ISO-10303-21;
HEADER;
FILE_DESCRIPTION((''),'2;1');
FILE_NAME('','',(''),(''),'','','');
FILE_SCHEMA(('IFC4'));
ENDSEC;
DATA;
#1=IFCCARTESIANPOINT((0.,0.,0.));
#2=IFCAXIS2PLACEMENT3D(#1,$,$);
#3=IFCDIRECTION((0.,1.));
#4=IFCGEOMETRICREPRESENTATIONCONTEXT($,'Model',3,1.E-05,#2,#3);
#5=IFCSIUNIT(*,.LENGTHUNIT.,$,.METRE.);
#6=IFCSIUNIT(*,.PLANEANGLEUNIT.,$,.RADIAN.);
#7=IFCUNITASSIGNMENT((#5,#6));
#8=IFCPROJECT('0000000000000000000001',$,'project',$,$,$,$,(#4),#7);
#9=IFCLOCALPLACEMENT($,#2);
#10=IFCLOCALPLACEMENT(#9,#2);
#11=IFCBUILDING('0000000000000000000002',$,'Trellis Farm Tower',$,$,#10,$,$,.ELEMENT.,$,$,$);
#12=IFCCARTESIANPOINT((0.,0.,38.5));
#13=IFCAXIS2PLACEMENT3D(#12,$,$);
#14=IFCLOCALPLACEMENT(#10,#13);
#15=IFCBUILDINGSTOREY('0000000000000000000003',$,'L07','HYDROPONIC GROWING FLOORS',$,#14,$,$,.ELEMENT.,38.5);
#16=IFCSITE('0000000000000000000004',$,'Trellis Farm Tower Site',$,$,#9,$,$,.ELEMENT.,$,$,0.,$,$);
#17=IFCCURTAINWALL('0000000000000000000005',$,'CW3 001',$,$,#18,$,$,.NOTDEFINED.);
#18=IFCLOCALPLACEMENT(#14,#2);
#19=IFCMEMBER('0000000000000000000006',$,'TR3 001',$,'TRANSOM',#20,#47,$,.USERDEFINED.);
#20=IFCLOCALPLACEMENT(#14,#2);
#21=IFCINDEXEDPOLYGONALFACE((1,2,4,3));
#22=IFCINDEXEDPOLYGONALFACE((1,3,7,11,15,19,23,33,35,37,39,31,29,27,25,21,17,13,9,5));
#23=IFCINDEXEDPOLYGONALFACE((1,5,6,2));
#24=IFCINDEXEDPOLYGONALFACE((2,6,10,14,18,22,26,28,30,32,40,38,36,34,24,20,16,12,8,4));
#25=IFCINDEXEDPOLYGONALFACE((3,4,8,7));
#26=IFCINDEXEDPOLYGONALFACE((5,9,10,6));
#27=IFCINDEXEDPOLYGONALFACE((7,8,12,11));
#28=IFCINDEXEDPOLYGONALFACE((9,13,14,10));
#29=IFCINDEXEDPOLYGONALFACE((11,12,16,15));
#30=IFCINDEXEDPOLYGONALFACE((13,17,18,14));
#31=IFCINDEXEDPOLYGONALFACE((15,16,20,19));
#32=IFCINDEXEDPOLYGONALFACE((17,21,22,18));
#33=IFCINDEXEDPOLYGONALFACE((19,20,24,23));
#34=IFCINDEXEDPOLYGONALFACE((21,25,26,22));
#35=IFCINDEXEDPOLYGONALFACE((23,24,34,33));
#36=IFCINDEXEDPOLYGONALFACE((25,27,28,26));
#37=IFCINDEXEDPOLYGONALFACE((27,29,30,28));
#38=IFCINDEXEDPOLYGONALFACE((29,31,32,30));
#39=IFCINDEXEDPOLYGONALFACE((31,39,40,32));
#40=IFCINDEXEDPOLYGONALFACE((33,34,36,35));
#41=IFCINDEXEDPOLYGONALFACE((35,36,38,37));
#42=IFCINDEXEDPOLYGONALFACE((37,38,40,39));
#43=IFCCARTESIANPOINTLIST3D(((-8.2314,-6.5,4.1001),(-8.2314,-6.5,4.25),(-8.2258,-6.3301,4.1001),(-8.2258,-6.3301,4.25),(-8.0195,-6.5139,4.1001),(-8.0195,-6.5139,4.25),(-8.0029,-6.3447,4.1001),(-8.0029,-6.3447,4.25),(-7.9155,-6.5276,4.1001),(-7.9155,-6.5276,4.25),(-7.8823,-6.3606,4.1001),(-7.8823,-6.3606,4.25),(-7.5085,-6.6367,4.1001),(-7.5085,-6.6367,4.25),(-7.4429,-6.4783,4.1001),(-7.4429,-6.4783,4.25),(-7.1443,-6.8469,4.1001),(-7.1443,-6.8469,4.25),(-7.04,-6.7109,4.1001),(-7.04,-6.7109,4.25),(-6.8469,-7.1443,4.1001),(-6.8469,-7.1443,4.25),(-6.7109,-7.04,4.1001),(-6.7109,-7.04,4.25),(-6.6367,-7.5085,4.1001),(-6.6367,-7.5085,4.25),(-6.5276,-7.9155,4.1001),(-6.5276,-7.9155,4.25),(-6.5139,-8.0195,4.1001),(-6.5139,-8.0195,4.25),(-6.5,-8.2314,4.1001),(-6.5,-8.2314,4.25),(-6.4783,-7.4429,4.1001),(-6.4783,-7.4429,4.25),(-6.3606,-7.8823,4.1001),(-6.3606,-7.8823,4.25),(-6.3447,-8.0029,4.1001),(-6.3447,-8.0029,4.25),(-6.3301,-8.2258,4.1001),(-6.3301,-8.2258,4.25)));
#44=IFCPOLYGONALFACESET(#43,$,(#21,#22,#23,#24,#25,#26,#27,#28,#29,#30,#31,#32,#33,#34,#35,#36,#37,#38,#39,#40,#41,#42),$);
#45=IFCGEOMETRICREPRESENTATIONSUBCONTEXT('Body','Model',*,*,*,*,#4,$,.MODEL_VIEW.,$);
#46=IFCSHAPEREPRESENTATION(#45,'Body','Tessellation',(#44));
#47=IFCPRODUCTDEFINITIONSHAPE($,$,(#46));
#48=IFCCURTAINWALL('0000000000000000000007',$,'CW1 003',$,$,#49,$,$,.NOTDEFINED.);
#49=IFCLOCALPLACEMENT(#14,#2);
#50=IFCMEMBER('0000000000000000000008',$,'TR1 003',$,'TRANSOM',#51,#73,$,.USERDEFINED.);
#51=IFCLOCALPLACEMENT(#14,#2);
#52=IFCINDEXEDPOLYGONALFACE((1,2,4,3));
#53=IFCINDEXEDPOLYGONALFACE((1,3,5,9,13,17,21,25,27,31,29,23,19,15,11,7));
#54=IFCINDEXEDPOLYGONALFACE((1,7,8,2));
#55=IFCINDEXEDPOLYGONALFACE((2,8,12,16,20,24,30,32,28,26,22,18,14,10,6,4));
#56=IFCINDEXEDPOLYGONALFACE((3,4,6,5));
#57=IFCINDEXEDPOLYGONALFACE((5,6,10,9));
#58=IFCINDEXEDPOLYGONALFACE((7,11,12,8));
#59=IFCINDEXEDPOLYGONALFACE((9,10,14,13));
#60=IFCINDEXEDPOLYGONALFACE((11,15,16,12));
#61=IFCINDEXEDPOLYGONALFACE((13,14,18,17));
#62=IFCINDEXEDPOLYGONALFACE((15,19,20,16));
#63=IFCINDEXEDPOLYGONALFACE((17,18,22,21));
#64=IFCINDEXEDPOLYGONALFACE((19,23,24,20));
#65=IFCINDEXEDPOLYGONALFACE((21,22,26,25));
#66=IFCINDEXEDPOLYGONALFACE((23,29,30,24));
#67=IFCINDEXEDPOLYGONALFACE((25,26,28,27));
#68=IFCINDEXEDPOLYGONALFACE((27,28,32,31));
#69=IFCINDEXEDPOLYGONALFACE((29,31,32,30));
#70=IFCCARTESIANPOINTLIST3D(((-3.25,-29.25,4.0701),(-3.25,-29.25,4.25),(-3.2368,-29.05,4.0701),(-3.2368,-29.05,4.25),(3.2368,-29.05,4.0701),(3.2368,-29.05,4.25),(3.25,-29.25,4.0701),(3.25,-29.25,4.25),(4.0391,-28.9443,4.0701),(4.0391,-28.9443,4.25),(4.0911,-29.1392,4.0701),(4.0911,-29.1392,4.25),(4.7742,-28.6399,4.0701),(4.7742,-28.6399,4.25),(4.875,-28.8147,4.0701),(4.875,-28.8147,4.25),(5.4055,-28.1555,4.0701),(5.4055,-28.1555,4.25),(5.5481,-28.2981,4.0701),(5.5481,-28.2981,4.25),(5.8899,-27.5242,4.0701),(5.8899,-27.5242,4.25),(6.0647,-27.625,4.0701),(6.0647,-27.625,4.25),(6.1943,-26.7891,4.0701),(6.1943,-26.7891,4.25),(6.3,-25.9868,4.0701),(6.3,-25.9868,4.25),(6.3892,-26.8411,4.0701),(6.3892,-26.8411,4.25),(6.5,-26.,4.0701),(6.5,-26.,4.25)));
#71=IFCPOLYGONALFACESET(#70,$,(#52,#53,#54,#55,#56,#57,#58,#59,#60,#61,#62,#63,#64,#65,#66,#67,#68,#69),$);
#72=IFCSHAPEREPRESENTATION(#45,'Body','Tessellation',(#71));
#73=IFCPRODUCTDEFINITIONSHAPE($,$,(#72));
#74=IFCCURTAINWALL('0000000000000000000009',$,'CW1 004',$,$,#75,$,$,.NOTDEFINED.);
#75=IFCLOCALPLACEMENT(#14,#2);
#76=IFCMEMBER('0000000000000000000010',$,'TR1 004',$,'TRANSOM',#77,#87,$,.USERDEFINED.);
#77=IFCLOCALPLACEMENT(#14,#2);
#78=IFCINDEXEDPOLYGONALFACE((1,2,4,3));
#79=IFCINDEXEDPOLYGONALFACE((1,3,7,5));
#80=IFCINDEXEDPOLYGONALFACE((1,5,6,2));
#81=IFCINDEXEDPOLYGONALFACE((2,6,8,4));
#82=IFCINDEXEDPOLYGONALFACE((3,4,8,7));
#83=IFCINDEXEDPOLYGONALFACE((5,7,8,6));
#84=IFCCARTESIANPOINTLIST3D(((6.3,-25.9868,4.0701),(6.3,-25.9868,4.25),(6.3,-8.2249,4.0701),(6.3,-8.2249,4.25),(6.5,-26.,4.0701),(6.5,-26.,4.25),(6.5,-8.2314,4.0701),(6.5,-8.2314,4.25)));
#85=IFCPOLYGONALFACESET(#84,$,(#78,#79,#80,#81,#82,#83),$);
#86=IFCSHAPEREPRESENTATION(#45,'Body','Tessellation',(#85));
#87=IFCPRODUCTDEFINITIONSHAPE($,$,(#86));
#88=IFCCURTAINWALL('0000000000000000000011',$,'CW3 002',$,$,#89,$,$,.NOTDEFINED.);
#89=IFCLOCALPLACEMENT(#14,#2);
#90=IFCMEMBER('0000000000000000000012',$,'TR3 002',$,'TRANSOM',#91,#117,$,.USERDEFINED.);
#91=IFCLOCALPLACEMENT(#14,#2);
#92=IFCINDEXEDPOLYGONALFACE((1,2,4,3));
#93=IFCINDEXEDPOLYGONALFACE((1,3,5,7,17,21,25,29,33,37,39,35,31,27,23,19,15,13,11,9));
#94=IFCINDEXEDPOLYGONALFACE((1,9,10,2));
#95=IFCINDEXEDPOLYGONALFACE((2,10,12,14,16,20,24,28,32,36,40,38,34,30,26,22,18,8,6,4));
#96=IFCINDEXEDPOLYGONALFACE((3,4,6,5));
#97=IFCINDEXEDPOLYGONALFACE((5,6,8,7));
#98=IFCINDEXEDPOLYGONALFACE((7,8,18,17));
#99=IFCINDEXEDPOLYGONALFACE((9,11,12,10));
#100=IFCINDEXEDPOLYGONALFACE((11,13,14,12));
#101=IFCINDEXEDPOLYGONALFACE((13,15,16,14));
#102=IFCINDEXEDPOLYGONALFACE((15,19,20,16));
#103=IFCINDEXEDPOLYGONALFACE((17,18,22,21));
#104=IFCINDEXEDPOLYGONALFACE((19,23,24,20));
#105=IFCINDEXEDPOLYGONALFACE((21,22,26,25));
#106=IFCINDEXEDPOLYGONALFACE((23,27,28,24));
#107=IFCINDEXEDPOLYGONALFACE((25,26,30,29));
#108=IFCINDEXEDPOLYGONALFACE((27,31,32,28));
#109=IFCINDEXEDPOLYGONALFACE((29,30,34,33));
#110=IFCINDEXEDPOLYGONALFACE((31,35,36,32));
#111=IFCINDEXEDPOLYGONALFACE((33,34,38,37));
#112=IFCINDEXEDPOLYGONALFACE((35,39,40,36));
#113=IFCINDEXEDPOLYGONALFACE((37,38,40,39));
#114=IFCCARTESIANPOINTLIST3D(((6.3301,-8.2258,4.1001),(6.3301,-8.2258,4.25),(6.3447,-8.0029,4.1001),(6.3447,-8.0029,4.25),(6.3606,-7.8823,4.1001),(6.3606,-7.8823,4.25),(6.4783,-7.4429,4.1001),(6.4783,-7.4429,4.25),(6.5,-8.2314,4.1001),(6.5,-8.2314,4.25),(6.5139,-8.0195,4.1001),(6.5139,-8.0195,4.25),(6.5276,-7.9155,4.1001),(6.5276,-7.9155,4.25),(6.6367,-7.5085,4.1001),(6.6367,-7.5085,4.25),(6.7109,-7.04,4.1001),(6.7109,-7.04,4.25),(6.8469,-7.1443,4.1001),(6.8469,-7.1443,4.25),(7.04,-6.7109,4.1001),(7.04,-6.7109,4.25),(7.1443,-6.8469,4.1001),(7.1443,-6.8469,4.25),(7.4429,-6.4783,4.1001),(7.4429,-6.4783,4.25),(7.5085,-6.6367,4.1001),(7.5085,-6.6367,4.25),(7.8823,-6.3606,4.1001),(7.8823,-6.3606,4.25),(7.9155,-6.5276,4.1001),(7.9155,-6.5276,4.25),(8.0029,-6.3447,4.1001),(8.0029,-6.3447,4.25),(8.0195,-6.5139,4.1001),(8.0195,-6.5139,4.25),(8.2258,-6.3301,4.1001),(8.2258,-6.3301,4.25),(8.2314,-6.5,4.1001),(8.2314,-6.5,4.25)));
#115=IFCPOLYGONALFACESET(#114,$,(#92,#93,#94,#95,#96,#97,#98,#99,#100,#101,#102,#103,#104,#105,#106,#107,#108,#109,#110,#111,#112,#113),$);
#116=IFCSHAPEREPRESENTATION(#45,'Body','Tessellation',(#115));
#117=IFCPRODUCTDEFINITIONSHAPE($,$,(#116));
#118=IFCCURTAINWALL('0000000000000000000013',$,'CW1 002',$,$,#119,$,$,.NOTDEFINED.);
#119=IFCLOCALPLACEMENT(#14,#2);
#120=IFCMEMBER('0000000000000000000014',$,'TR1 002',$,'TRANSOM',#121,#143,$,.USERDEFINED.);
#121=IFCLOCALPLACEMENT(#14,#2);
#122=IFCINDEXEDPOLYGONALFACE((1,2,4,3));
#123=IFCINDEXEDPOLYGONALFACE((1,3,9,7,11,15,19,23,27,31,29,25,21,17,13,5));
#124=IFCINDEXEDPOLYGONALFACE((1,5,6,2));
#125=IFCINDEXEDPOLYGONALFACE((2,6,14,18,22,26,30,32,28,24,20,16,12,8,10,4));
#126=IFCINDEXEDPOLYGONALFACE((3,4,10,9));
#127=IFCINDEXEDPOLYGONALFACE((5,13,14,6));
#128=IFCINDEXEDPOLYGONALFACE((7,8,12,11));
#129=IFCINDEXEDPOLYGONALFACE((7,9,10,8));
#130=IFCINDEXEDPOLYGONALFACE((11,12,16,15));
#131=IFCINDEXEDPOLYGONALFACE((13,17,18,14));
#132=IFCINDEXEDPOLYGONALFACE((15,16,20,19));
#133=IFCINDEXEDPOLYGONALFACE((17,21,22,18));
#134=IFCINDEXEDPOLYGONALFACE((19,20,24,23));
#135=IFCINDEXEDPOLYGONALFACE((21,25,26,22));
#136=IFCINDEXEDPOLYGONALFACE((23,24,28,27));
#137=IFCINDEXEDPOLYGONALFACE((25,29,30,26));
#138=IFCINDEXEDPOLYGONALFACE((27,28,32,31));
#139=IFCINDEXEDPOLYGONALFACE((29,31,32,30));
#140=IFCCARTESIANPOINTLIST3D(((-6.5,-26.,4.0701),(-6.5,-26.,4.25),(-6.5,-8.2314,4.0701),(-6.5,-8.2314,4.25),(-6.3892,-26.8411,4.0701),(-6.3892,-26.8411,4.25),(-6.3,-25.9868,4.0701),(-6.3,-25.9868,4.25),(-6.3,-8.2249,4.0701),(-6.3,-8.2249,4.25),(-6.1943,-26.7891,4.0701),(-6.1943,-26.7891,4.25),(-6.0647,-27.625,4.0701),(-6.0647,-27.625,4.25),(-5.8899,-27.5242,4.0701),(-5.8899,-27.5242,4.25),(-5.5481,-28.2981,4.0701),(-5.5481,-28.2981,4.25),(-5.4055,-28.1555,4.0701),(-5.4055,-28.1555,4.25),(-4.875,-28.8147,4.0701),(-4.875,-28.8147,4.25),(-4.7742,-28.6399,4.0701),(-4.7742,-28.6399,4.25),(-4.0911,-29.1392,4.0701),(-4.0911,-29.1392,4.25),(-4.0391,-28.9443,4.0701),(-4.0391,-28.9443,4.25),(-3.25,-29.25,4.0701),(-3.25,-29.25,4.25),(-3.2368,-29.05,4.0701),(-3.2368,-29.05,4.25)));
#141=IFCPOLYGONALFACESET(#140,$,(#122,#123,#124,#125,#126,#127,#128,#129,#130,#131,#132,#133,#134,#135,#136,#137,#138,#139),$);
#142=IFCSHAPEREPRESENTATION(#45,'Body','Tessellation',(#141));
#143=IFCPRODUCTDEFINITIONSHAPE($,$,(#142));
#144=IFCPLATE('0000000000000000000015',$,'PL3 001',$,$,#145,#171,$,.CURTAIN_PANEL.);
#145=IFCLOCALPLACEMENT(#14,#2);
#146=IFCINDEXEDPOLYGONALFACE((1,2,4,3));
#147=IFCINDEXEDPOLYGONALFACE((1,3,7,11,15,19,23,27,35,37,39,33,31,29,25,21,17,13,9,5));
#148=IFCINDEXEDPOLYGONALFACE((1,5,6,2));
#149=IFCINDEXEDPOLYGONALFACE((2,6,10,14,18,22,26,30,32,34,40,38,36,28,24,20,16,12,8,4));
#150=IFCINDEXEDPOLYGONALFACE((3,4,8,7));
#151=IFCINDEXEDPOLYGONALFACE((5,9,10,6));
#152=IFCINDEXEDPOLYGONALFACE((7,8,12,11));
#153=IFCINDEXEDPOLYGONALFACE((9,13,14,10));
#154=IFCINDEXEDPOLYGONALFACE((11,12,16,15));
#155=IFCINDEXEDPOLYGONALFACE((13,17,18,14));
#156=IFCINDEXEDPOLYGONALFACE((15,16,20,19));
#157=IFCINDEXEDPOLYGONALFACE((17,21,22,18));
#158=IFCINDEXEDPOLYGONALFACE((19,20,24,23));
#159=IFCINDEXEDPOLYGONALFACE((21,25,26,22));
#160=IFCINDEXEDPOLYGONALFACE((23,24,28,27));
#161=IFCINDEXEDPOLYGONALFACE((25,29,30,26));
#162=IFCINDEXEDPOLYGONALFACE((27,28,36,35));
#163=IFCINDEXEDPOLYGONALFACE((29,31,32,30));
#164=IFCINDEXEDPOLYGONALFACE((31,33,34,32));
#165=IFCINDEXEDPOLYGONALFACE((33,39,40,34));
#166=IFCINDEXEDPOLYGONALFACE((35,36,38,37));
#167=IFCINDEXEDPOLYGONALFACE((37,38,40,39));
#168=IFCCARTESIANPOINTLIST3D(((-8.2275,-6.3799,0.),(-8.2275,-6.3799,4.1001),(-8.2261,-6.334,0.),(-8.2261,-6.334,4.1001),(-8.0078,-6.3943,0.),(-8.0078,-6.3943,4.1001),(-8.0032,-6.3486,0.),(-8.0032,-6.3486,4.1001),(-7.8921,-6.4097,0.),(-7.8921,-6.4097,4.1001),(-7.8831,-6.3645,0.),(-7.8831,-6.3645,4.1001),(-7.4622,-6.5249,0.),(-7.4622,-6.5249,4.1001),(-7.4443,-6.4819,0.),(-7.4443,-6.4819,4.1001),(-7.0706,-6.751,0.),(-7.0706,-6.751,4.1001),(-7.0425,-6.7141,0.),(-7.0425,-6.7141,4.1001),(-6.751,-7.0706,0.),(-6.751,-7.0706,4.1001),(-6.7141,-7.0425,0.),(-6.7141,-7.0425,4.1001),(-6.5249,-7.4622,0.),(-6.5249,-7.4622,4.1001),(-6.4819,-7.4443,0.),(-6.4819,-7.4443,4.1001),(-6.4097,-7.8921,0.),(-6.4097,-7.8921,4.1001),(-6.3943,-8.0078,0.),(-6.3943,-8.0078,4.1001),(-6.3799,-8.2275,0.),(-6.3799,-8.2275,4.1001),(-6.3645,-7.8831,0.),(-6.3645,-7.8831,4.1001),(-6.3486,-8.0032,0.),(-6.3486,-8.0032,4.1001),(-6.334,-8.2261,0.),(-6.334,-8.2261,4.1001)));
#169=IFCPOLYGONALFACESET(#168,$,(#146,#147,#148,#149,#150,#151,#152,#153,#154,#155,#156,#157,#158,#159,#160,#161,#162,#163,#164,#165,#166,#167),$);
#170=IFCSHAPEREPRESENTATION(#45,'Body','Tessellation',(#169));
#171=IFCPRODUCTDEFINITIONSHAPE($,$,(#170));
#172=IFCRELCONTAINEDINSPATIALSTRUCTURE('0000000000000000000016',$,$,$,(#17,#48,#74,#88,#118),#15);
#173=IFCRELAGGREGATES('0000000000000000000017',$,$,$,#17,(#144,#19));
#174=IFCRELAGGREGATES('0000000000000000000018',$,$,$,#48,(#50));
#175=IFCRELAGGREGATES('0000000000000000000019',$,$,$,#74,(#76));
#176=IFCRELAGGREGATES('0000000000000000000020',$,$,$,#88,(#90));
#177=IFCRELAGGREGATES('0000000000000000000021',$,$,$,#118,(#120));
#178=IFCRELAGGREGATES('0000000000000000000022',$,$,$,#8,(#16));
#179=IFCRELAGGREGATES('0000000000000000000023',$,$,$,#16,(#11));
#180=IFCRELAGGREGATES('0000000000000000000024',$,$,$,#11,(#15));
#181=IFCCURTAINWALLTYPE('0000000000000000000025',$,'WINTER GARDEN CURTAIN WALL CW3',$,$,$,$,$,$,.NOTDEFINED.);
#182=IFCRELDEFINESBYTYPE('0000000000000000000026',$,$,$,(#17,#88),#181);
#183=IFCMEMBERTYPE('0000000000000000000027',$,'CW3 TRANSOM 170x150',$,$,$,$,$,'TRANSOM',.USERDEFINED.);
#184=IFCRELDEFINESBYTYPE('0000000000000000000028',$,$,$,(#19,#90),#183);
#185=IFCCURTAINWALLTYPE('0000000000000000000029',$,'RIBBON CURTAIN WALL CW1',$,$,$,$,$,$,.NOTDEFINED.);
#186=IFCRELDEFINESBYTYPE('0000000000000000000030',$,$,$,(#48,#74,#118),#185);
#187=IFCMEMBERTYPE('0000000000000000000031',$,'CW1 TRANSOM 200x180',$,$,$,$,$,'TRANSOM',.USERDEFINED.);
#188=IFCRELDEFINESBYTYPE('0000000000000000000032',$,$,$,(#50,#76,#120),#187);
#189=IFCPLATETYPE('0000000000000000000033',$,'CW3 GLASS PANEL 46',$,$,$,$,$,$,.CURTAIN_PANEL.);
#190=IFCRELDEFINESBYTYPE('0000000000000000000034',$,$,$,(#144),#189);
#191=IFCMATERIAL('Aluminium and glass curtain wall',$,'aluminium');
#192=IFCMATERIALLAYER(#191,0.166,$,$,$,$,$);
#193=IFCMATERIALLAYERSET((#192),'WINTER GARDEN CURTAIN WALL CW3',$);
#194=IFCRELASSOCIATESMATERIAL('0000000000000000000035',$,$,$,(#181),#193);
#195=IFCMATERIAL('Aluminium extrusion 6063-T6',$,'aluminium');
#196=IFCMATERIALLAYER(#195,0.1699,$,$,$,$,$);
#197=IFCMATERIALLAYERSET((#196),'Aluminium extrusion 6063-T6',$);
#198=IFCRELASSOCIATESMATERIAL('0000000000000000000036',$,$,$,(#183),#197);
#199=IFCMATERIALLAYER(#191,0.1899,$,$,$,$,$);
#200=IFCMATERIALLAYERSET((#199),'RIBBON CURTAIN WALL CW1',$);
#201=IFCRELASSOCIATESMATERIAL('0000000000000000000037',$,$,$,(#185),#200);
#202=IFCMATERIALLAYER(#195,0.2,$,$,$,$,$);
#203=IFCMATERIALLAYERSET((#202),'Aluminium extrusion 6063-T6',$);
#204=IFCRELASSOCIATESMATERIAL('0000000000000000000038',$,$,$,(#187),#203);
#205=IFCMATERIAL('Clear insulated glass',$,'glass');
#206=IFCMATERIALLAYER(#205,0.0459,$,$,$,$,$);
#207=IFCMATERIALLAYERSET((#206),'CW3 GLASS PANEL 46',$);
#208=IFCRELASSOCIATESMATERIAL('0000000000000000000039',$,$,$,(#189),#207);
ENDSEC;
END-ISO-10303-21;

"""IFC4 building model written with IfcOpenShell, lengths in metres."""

from ifc_helpers import new_model, si_unit, direction, frame, origin, place, context, subcontext, project, spatial, polyline, outline, extrude, source, transform, mapped, material, layer, layer_set, type_object, element, aggregate, save


model = new_model("IFC4")

# Units and contexts
model_context = context("Model", 3, precision=1e-05, world=origin(), true_north=direction((0.0, 1.0)))
body_context = subcontext(model_context, "Body", "Model", "MODEL_VIEW")
ifc_project = project(units=[si_unit("LENGTHUNIT", "METRE"), si_unit("PLANEANGLEUNIT", "RADIAN")], contexts=[model_context])

# Site, building, storey
site_placement = place(None, origin())
site = spatial("IfcSite", under=ifc_project, at=site_placement, Name="Trellis Farm Tower Site", CompositionType="ELEMENT", RefElevation=0.0)
building_placement = place(site_placement, origin())
building = spatial("IfcBuilding", under=site, at=building_placement, Name="Trellis Farm Tower", CompositionType="ELEMENT")
storey_placement = place(building_placement, frame((0.0, 0.0, 38.5)))
storey = spatial("IfcBuildingStorey", under=building, at=storey_placement, Name="L07", Description="HYDROPONIC GROWING FLOORS", CompositionType="ELEMENT", Elevation=38.5)

# Curtain walls, members
ifc_material_1 = material(Name="Aluminium and glass curtain wall", Category="aluminium")
ifc_layer_1 = layer(ifc_material_1, 0.166)
ifc_layer_set_1 = layer_set([ifc_layer_1], Name="WINTER GARDEN CURTAIN WALL CW3")
curtain_wall_type_1 = type_object("IfcCurtainWallType", Name="WINTER GARDEN CURTAIN WALL CW3", PredefinedType="NOTDEFINED", material=ifc_layer_set_1)
placement_1 = place(storey_placement, origin())
curtain_wall_1 = element("IfcCurtainWall", 1, at=placement_1, inside=storey, type_object=curtain_wall_type_1, Name="CW3 001", PredefinedType="NOTDEFINED")
ifc_material_2 = material(Name="Aluminium extrusion 6063-T6", Category="aluminium")
ifc_layer_2 = layer(ifc_material_2, 0.1699)
ifc_layer_set_2 = layer_set([ifc_layer_2], Name="Aluminium extrusion 6063-T6")
member_type_1 = type_object("IfcMemberType", Name="CW3 TRANSOM 170x150", ElementType="TRANSOM", PredefinedType="USERDEFINED", material=ifc_layer_set_2)
shared_shape_1 = source(origin(), body_context, "Body", "SweptSolid", [
    extrude(outline(polyline([(-8.2314, -6.5), (-8.0195, -6.5139), (-7.9155, -6.5276), (-7.5085, -6.6367), (-7.1443, -6.8469), (-6.8469, -7.1443), (-6.6367, -7.5085), (-6.5276, -7.9155), (-6.5139, -8.0195), (-6.5, -8.2314), (-6.3301, -8.2258), (-6.3447, -8.0029), (-6.3606, -7.8823), (-6.4783, -7.4429), (-6.7109, -7.04), (-7.04, -6.7109), (-7.4429, -6.4783), (-7.8823, -6.3606), (-8.0029, -6.3447), (-8.2258, -6.3301), (-8.2314, -6.5)])), origin(), (0.0, 0.0, 1.0), 0.1499),
])
placement_2 = place(storey_placement, frame((0.0, 0.0, 4.1001)))
member_1 = element("IfcMember", 2, at=placement_2, type_object=member_type_1, Name="TR3 001", ObjectType="TRANSOM", PredefinedType="USERDEFINED", context=body_context, shape_type="MappedRepresentation", body=[
    mapped(shared_shape_1, transform((0.0, 0.0, 0.0))),
])
ifc_layer_3 = layer(ifc_material_1, 0.1899)
ifc_layer_set_3 = layer_set([ifc_layer_3], Name="RIBBON CURTAIN WALL CW1")
curtain_wall_type_2 = type_object("IfcCurtainWallType", Name="RIBBON CURTAIN WALL CW1", PredefinedType="NOTDEFINED", material=ifc_layer_set_3)
curtain_wall_2 = element("IfcCurtainWall", 3, at=placement_1, inside=storey, type_object=curtain_wall_type_2, Name="CW1 003", PredefinedType="NOTDEFINED")
ifc_layer_4 = layer(ifc_material_2, 0.2)
ifc_layer_set_4 = layer_set([ifc_layer_4], Name="Aluminium extrusion 6063-T6")
member_type_2 = type_object("IfcMemberType", Name="CW1 TRANSOM 200x180", ElementType="TRANSOM", PredefinedType="USERDEFINED", material=ifc_layer_set_4)
shared_shape_2 = source(origin(), body_context, "Body", "SweptSolid", [
    extrude(outline(polyline([(-3.25, -29.25), (3.25, -29.25), (4.0911, -29.1392), (4.875, -28.8147), (5.5481, -28.2981), (6.0647, -27.625), (6.3892, -26.8411), (6.5, -26.0), (6.3, -25.9868), (6.1943, -26.7891), (5.8899, -27.5242), (5.4055, -28.1555), (4.7742, -28.6399), (4.0391, -28.9443), (3.2368, -29.05), (-3.2368, -29.05), (-3.25, -29.25)])), origin(), (0.0, 0.0, 1.0), 0.1799),
])
placement_3 = place(storey_placement, frame((0.0, 0.0, 4.0701)))
member_2 = element("IfcMember", 4, at=placement_3, type_object=member_type_2, Name="TR1 003", ObjectType="TRANSOM", PredefinedType="USERDEFINED", context=body_context, shape_type="MappedRepresentation", body=[
    mapped(shared_shape_2, transform((0.0, 0.0, 0.0))),
])
curtain_wall_3 = element("IfcCurtainWall", 5, at=placement_1, inside=storey, type_object=curtain_wall_type_2, Name="CW1 004", PredefinedType="NOTDEFINED")
shared_shape_3 = source(origin(), body_context, "Body", "SweptSolid", [
    extrude(outline(polyline([(6.5, -26.0), (6.5, -8.2314), (6.3, -8.2249), (6.3, -25.9868), (6.5, -26.0)])), origin(), (0.0, 0.0, 1.0), 0.1799),
])
member_3 = element("IfcMember", 6, at=placement_3, type_object=member_type_2, Name="TR1 004", ObjectType="TRANSOM", PredefinedType="USERDEFINED", context=body_context, shape_type="MappedRepresentation", body=[
    mapped(shared_shape_3, transform((0.0, 0.0, 0.0))),
])
curtain_wall_4 = element("IfcCurtainWall", 7, at=placement_1, inside=storey, type_object=curtain_wall_type_1, Name="CW3 002", PredefinedType="NOTDEFINED")
shared_shape_4 = source(origin(), body_context, "Body", "SweptSolid", [
    extrude(outline(polyline([(6.5, -8.2314), (6.5139, -8.0195), (6.5276, -7.9155), (6.6367, -7.5085), (6.8469, -7.1443), (7.1443, -6.8469), (7.5085, -6.6367), (7.9155, -6.5276), (8.0195, -6.5139), (8.2314, -6.5), (8.2258, -6.3301), (8.0029, -6.3447), (7.8823, -6.3606), (7.4429, -6.4783), (7.04, -6.7109), (6.7109, -7.04), (6.4783, -7.4429), (6.3606, -7.8823), (6.3447, -8.0029), (6.3301, -8.2258), (6.5, -8.2314)])), origin(), (0.0, 0.0, 1.0), 0.1499),
])
member_4 = element("IfcMember", 8, at=placement_2, type_object=member_type_1, Name="TR3 002", ObjectType="TRANSOM", PredefinedType="USERDEFINED", context=body_context, shape_type="MappedRepresentation", body=[
    mapped(shared_shape_4, transform((0.0, 0.0, 0.0))),
])
curtain_wall_5 = element("IfcCurtainWall", 9, at=placement_1, inside=storey, type_object=curtain_wall_type_2, Name="CW1 002", PredefinedType="NOTDEFINED")
shared_shape_5 = source(origin(), body_context, "Body", "SweptSolid", [
    extrude(outline(polyline([(-6.5, -8.2314), (-6.5, -26.0), (-6.3892, -26.8411), (-6.0647, -27.625), (-5.5481, -28.2981), (-4.875, -28.8147), (-4.0911, -29.1392), (-3.25, -29.25), (-3.2368, -29.05), (-4.0391, -28.9443), (-4.7742, -28.6399), (-5.4055, -28.1555), (-5.8899, -27.5242), (-6.1943, -26.7891), (-6.3, -25.9868), (-6.3, -8.2249), (-6.5, -8.2314)])), origin(), (0.0, 0.0, 1.0), 0.1799),
])
member_5 = element("IfcMember", 10, at=placement_3, type_object=member_type_2, Name="TR1 002", ObjectType="TRANSOM", PredefinedType="USERDEFINED", context=body_context, shape_type="MappedRepresentation", body=[
    mapped(shared_shape_5, transform((0.0, 0.0, 0.0))),
])

# Plate
ifc_material_3 = material(Name="Clear insulated glass", Category="glass")
ifc_layer_5 = layer(ifc_material_3, 0.0459)
ifc_layer_set_5 = layer_set([ifc_layer_5], Name="CW3 GLASS PANEL 46")
plate_type_1 = type_object("IfcPlateType", Name="CW3 GLASS PANEL 46", PredefinedType="CURTAIN_PANEL", material=ifc_layer_set_5)
shared_shape_6 = source(origin(), body_context, "Body", "SweptSolid", [
    extrude(outline(polyline([(-8.2275, -6.3799), (-8.0078, -6.3943), (-7.8921, -6.4097), (-7.4622, -6.5249), (-7.0706, -6.751), (-6.751, -7.0706), (-6.5249, -7.4622), (-6.4097, -7.8921), (-6.3943, -8.0078), (-6.3799, -8.2275), (-6.334, -8.2261), (-6.3486, -8.0032), (-6.3645, -7.8831), (-6.4819, -7.4443), (-6.7141, -7.0425), (-7.0425, -6.7141), (-7.4443, -6.4819), (-7.8831, -6.3645), (-8.0032, -6.3486), (-8.2261, -6.334), (-8.2275, -6.3799)])), origin(), (0.0, 0.0, 1.0), 4.1001),
])
plate_1 = element("IfcPlate", 11, at=placement_1, type_object=plate_type_1, Name="PL3 001", PredefinedType="CURTAIN_PANEL", context=body_context, shape_type="MappedRepresentation", body=[
    mapped(shared_shape_6, transform((0.0, 0.0, 0.0))),
])
aggregate(curtain_wall_1, [plate_1, member_1])
aggregate(curtain_wall_2, [member_2])
aggregate(curtain_wall_3, [member_3])
aggregate(curtain_wall_4, [member_4])

aggregate(curtain_wall_5, [member_5])

save(model, "model.ifc")
